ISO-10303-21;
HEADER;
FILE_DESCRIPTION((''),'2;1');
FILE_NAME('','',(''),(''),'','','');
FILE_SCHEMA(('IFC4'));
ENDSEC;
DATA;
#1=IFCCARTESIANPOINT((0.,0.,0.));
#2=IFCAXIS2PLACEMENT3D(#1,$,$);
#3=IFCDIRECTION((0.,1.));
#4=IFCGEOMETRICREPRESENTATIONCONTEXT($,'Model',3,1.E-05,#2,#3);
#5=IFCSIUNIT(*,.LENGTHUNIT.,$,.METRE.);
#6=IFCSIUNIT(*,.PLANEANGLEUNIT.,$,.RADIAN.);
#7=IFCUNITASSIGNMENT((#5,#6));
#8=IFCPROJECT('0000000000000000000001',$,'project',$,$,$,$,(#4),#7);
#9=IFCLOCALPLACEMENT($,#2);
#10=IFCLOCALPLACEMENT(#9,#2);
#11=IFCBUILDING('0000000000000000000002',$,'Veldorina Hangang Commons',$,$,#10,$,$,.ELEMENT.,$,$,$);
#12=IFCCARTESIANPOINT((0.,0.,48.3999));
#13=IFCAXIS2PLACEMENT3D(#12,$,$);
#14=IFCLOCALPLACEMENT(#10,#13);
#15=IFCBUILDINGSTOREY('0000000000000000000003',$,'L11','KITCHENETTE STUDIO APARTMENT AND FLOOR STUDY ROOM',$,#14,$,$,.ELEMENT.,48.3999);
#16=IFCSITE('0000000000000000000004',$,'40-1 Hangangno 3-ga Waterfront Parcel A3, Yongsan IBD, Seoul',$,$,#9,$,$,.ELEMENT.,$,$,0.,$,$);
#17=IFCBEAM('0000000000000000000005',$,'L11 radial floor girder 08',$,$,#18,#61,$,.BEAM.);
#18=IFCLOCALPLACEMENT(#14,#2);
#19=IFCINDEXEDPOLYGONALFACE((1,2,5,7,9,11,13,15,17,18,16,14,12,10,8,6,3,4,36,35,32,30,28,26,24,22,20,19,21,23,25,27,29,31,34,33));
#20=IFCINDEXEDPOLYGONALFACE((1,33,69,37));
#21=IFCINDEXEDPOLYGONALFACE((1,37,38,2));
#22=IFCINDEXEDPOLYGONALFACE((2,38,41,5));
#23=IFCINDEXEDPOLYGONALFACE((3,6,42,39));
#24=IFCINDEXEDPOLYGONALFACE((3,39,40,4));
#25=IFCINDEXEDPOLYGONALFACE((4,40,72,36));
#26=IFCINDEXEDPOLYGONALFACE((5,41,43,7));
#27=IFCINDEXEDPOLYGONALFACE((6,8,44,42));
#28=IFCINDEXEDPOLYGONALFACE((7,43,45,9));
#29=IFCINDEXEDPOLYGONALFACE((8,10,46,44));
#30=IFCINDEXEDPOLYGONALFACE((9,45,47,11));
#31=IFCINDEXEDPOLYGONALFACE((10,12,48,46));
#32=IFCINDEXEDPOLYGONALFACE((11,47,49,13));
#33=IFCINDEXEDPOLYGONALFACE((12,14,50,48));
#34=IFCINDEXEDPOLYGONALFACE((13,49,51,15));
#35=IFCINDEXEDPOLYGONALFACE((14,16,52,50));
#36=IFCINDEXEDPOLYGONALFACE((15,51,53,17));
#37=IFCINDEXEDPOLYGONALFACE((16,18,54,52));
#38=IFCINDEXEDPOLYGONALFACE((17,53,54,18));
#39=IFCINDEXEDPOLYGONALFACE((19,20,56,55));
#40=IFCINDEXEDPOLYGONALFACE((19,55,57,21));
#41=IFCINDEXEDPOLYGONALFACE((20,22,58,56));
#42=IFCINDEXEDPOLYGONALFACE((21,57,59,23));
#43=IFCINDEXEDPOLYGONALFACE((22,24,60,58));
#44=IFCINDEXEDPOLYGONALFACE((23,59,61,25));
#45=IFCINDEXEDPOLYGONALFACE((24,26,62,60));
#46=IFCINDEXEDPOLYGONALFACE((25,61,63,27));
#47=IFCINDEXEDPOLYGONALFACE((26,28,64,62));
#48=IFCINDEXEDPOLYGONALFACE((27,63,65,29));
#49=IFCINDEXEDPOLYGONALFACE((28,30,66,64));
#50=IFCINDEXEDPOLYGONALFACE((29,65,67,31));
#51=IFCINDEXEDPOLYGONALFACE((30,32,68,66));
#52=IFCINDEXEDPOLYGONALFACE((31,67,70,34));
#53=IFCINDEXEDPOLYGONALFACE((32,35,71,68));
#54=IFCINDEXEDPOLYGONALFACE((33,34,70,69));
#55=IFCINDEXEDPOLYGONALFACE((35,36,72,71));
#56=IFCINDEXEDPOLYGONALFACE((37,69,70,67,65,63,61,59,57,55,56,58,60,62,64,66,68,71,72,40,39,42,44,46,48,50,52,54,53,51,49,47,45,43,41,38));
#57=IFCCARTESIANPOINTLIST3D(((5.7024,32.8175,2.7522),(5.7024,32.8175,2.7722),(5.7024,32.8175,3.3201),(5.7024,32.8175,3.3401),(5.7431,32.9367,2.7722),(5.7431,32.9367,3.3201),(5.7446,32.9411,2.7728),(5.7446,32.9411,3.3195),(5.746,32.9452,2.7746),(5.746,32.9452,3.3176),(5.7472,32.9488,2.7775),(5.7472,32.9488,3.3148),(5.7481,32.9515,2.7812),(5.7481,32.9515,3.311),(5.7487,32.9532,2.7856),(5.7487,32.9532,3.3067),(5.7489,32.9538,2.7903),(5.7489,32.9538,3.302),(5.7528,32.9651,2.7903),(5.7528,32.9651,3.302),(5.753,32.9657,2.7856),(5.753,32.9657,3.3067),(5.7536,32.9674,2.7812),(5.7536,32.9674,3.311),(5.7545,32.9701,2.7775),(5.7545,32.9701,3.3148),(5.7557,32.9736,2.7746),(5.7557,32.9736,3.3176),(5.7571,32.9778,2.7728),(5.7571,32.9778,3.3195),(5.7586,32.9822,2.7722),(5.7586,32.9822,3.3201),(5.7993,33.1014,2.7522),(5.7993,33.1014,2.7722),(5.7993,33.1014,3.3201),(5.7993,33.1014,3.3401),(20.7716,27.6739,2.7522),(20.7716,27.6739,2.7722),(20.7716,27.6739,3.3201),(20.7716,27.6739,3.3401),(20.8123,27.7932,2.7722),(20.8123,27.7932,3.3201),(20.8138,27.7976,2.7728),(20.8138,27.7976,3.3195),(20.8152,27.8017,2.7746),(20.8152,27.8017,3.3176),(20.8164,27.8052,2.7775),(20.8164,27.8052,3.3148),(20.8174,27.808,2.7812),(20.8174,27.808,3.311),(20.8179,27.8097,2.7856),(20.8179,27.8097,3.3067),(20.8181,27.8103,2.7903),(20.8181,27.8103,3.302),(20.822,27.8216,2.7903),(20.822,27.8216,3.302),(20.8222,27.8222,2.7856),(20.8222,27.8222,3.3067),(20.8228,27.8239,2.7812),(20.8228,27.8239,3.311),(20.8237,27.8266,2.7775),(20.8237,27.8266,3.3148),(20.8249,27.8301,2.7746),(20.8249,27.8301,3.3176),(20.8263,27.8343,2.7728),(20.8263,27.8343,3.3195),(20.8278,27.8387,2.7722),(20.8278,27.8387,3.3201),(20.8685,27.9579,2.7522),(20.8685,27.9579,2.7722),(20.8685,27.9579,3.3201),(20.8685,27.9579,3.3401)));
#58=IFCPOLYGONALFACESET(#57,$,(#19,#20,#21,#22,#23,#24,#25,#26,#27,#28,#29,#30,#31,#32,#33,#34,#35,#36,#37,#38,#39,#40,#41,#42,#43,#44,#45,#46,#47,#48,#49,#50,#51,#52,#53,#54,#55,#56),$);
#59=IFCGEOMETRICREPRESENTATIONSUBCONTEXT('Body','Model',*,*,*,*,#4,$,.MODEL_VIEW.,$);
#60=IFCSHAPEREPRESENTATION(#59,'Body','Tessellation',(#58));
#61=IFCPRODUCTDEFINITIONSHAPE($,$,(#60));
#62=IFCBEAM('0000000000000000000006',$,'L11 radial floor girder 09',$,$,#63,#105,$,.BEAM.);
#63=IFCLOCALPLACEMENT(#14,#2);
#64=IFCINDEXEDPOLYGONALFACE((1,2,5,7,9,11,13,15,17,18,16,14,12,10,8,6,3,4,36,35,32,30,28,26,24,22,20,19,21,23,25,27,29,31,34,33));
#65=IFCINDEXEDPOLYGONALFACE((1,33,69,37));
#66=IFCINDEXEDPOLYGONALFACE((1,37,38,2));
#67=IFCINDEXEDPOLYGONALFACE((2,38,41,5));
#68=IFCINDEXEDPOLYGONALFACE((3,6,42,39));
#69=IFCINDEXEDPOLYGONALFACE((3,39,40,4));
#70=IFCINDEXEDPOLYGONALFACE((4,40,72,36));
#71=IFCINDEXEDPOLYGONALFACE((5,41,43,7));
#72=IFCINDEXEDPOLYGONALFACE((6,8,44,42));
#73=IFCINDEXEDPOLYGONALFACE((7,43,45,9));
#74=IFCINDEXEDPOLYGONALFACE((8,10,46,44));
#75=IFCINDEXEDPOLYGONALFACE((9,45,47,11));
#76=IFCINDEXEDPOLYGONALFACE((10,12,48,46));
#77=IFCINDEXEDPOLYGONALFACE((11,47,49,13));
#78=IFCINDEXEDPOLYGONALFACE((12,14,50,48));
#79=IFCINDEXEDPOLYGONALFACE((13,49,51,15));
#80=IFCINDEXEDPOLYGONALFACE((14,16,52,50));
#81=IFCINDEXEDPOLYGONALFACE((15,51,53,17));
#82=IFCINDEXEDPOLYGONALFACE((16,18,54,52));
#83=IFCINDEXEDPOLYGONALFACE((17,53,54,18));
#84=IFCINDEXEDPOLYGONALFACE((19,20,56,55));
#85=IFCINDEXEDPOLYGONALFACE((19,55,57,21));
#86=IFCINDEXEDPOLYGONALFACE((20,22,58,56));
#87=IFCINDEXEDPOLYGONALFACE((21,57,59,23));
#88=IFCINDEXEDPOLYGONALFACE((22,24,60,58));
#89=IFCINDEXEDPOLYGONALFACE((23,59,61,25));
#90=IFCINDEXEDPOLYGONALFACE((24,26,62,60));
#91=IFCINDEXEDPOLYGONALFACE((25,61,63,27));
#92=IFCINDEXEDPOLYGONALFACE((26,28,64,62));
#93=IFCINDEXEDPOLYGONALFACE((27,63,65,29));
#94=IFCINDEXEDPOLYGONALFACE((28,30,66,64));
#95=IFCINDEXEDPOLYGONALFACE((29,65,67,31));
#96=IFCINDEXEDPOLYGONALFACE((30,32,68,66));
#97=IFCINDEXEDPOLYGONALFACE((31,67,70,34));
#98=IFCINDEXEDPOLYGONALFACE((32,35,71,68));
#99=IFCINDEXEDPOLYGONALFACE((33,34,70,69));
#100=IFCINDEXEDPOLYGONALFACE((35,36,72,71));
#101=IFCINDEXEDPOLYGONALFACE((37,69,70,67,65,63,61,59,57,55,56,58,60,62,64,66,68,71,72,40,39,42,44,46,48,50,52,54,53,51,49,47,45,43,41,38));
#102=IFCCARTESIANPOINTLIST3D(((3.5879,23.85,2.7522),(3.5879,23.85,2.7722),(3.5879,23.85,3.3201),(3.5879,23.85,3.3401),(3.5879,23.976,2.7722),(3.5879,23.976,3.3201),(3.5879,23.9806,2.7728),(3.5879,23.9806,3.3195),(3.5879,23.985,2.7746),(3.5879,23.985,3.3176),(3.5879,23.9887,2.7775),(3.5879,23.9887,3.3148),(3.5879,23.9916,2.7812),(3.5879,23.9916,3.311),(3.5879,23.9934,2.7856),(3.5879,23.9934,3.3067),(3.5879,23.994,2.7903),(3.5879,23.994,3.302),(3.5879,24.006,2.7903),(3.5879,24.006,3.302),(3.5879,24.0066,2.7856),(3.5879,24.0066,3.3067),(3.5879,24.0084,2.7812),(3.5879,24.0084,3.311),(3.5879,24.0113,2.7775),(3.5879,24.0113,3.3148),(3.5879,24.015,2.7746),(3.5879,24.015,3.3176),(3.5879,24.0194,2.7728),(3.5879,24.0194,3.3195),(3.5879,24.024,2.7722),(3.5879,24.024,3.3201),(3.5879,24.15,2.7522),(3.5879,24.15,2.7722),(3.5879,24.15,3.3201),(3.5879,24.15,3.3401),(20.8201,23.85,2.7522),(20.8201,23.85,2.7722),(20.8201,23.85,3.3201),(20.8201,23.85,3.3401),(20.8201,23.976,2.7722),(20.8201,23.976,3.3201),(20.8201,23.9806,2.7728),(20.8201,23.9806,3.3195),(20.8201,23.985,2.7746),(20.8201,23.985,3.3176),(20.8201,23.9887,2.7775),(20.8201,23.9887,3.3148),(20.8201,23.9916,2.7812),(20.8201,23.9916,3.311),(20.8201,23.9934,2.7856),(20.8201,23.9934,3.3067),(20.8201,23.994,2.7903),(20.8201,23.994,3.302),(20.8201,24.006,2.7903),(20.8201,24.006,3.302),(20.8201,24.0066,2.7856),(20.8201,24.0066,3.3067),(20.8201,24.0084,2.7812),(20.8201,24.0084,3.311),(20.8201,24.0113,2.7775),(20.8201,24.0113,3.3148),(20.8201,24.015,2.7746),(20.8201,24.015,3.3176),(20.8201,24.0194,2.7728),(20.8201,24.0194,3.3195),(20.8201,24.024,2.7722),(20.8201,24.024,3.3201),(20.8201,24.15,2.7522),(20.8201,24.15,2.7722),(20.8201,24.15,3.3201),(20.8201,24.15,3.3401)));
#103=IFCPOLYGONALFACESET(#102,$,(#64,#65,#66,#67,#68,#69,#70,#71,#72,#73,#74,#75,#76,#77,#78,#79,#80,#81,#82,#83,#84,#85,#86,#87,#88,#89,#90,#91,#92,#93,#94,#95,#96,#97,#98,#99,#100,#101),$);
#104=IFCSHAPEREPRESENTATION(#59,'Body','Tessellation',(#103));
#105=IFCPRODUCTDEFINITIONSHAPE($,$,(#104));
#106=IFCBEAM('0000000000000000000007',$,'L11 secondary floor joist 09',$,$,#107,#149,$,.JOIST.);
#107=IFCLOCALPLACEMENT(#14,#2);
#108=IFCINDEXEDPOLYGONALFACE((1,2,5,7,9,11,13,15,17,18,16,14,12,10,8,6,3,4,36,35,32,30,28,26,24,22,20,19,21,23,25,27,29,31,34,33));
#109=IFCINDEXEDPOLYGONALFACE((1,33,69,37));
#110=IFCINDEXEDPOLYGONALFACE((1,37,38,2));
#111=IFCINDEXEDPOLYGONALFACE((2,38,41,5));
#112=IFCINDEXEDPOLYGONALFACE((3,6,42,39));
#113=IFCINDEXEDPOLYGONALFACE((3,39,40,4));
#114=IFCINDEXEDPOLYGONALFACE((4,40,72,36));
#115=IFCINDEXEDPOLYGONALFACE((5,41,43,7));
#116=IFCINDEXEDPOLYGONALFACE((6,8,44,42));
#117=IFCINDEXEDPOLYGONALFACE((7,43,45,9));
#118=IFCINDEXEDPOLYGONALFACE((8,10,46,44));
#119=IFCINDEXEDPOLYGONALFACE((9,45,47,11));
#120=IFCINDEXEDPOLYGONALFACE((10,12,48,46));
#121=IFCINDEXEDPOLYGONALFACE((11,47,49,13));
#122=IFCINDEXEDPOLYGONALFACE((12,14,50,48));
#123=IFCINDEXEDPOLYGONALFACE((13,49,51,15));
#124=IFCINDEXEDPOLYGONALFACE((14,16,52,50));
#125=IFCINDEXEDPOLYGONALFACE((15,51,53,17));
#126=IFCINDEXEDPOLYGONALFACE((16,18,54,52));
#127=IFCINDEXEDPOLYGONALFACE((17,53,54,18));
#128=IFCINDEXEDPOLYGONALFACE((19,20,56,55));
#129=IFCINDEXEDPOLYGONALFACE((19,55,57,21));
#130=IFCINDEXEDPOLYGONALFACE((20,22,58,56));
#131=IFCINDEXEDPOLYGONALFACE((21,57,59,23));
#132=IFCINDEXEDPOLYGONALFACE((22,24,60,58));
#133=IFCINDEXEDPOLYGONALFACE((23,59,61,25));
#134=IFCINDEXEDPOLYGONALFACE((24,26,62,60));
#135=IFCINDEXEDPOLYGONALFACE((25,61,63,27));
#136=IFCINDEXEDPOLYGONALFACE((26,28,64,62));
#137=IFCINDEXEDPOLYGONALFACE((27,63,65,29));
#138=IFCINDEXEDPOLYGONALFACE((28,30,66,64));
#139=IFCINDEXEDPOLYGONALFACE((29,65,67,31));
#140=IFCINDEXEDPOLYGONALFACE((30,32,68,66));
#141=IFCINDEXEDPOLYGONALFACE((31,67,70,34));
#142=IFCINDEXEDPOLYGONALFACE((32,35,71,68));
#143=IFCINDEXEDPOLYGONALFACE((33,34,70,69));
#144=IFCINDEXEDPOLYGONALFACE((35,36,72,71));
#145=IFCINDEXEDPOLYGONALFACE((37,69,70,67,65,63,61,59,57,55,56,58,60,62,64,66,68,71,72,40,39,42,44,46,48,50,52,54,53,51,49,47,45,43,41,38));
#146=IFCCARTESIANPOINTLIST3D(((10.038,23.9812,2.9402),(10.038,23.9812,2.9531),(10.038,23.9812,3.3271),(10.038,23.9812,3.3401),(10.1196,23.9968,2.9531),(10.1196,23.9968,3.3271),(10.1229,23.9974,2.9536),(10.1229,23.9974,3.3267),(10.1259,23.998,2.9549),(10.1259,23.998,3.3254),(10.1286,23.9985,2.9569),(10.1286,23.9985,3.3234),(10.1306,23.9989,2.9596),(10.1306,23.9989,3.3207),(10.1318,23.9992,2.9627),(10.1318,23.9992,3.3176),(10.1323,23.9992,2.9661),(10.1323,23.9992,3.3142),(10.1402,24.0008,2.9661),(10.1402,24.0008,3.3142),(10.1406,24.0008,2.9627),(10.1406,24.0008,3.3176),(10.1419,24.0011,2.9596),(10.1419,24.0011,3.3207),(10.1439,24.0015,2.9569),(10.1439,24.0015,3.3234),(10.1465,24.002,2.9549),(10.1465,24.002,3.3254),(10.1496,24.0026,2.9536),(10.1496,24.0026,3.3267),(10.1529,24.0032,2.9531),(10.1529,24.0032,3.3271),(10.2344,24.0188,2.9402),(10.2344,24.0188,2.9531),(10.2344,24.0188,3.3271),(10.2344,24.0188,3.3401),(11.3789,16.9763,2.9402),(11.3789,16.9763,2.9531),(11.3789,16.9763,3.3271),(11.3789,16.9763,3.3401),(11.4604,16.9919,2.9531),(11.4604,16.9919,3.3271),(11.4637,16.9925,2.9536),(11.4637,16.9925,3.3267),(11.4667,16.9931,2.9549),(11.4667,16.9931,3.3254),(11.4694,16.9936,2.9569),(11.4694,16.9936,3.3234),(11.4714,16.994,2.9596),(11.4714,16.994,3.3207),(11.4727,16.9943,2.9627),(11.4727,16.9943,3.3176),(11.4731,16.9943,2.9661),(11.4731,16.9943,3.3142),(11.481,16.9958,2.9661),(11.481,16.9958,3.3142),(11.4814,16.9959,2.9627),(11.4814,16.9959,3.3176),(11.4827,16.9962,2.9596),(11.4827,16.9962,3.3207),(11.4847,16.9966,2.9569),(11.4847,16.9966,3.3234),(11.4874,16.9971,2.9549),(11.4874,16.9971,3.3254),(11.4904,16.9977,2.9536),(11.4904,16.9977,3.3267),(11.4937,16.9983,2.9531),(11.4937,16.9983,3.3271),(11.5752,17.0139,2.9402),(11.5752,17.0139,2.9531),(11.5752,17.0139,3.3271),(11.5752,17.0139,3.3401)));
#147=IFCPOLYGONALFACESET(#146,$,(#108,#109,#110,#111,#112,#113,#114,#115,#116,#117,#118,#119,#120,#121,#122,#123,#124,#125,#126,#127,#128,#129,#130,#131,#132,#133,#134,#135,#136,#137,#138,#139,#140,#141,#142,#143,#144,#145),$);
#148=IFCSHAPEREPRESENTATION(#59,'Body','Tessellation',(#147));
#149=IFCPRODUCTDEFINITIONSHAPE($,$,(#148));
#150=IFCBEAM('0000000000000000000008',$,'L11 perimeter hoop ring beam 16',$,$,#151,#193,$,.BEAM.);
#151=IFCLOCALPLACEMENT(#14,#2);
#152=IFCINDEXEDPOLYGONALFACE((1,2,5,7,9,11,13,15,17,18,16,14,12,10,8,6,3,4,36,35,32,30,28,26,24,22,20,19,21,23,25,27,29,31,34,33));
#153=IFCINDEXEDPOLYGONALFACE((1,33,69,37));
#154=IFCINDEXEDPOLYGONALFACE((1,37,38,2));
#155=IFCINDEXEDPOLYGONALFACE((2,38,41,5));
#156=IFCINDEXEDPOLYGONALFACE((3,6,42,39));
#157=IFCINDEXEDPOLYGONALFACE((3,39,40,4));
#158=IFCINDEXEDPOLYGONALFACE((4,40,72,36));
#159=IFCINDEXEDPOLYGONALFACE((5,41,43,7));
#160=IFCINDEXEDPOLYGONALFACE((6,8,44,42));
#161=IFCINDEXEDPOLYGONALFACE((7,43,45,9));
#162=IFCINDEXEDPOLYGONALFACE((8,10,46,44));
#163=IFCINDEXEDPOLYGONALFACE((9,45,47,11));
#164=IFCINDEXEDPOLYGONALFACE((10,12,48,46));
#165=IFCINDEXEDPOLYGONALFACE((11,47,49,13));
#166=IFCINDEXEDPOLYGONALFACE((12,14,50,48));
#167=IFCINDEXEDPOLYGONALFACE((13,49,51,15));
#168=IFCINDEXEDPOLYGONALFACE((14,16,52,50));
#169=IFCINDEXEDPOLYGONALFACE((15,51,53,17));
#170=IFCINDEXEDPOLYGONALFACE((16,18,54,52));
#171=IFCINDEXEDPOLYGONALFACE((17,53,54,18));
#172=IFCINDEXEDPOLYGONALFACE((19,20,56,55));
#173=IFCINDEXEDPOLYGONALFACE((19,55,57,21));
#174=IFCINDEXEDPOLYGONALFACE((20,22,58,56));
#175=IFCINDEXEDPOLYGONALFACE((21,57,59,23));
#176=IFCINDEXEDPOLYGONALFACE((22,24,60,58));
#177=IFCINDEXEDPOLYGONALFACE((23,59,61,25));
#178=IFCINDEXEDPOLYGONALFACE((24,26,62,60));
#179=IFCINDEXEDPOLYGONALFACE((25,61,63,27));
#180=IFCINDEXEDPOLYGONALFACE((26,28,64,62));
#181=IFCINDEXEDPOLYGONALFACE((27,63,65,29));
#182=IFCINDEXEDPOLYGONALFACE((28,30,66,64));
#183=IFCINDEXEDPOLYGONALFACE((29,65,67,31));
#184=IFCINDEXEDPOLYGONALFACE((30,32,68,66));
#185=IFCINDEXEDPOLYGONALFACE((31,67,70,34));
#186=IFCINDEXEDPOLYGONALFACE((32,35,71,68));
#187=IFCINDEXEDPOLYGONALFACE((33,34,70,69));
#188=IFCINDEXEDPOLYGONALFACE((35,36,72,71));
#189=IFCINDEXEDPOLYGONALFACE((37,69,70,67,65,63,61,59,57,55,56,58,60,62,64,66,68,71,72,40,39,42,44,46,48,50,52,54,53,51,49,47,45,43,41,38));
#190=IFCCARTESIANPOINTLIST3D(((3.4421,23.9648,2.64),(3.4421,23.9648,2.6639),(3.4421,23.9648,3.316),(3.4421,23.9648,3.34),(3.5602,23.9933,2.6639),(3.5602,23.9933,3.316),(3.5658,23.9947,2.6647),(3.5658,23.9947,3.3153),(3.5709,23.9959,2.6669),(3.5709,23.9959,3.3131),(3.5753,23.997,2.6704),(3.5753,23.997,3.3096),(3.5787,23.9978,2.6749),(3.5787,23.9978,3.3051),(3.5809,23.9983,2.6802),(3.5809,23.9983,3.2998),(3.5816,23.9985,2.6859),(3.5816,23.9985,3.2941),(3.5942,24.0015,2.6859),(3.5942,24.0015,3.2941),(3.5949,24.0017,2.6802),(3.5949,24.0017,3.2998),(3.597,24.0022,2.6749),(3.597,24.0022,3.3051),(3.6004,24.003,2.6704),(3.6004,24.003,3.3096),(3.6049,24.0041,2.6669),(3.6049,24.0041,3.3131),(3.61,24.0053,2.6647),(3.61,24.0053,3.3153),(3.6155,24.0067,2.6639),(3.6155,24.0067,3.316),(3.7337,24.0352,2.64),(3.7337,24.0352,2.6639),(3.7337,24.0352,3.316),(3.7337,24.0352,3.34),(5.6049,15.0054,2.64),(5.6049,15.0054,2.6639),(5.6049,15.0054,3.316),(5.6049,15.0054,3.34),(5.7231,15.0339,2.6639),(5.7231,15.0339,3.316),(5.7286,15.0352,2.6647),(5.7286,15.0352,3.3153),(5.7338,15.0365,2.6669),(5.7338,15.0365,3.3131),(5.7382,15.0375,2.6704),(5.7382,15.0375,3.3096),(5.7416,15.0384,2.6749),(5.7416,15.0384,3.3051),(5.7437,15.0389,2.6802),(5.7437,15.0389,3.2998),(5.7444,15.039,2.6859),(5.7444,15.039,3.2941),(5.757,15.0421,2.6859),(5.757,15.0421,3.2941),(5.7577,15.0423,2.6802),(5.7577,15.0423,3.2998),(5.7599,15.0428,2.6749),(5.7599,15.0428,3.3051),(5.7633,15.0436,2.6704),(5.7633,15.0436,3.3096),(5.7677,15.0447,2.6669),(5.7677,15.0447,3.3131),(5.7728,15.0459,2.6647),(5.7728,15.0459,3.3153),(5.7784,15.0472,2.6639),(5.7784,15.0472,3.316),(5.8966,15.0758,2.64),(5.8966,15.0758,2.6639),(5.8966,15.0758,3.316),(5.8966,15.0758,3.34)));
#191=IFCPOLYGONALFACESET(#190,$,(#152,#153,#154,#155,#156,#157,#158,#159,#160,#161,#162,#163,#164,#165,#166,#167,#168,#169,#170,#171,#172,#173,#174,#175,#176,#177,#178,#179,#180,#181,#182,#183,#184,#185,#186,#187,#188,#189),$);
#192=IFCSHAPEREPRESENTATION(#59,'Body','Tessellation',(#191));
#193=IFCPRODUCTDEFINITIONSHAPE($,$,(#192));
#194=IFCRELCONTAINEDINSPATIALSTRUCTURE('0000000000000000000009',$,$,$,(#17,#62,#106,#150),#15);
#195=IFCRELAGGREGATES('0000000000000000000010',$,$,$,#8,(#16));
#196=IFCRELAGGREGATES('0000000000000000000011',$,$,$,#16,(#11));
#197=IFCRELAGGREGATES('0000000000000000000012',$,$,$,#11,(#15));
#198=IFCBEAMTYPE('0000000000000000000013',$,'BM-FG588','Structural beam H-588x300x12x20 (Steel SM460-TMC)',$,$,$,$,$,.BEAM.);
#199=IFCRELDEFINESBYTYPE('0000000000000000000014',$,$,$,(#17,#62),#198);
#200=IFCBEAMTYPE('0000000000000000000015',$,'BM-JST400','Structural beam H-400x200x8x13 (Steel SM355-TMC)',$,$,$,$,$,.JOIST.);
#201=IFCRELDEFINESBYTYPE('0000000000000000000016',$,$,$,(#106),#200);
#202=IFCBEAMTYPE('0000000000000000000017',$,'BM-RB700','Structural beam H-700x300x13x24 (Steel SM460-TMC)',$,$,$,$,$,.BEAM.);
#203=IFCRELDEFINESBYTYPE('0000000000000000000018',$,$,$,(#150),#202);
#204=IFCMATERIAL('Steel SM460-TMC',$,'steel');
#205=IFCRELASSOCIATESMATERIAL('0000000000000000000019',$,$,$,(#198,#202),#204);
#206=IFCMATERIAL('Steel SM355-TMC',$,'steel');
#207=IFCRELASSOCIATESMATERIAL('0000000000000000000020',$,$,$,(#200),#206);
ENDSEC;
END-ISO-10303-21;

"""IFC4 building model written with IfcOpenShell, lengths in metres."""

from ifc_helpers import new_model, si_unit, direction, frame, origin, origin_2d, place, context, subcontext, project, spatial, i_section, extrude, material, material_profile, profile_set, type_object, element, save


model = new_model("IFC4")

# Units and contexts
model_context = context("Model", 3, precision=1e-05, world=origin(), true_north=direction((0.0, 1.0)))
body_context = subcontext(model_context, "Body", "Model", "MODEL_VIEW")
ifc_project = project(units=[si_unit("LENGTHUNIT", "METRE"), si_unit("PLANEANGLEUNIT", "RADIAN")], contexts=[model_context])

# Site, building, storey
site_placement = place(None, origin())
site = spatial("IfcSite", under=ifc_project, at=site_placement, Name="40-1 Hangangno 3-ga Waterfront Parcel A3, Yongsan IBD, Seoul", CompositionType="ELEMENT", RefElevation=0.0)
building_placement = place(site_placement, origin())
building = spatial("IfcBuilding", under=site, at=building_placement, Name="Veldorina Hangang Commons", CompositionType="ELEMENT")
storey_placement = place(building_placement, frame((0.0, 0.0, 48.3999)))
storey = spatial("IfcBuildingStorey", under=building, at=storey_placement, Name="L11", Description="KITCHENETTE STUDIO APARTMENT AND FLOOR STUDY ROOM", CompositionType="ELEMENT", Elevation=48.3999)

# Beams
ifc_material_1 = material(Name="Steel SM460-TMC", Category="steel")
ifc_material_profile_1 = material_profile(ifc_material_1, i_section(OverallWidth=0.3, OverallDepth=0.5879, WebThickness=0.012, FlangeThickness=0.02, FilletRadius=0.0181, at=origin_2d()), Name="H-588x300x12x20")
ifc_profile_set_1 = profile_set([ifc_material_profile_1], Name="Steel SM460-TMC")
beam_type_1 = type_object("IfcBeamType", Name="BM-FG588", Description="Structural beam H-588x300x12x20 (Steel SM460-TMC)", PredefinedType="BEAM", material=ifc_profile_set_1)
beam_1_placement = place(storey_placement, frame((20.8201, 27.8159, 3.0461), z_axis=(-0.94639, 0.323027, 0.0), x_axis=(-0.323027, -0.94639, 0.0)))
element("IfcBeam", 1, at=beam_1_placement, inside=storey, type_object=beam_type_1, Name="L11 radial floor girder 08", PredefinedType="BEAM", context=body_context, shape_type="SweptSolid", body=[
    extrude(i_section(OverallWidth=0.3, OverallDepth=0.5879, WebThickness=0.012, FlangeThickness=0.02, FilletRadius=0.0181, at=origin_2d()), origin(), (0.0, 0.0, 1.0), 15.9229),
])
beam_2_placement = place(storey_placement, frame((20.8201, 24.0, 3.0461), z_axis=(-1.0, 0.0, 0.0), x_axis=(0.0, -1.0, 0.0)))
element("IfcBeam", 2, at=beam_2_placement, inside=storey, type_object=beam_type_1, Name="L11 radial floor girder 09", PredefinedType="BEAM", context=body_context, shape_type="SweptSolid", body=[
    extrude(i_section(OverallWidth=0.3, OverallDepth=0.5879, WebThickness=0.012, FlangeThickness=0.02, FilletRadius=0.0181, at=origin_2d()), origin(), (0.0, 0.0, 1.0), 17.2322),
])
ifc_material_2 = material(Name="Steel SM355-TMC", Category="steel")
ifc_material_profile_2 = material_profile(ifc_material_2, i_section(OverallWidth=0.2, OverallDepth=0.3999, WebThickness=0.0081, FlangeThickness=0.0129, FilletRadius=0.0129, at=origin_2d()), Name="H-400x200x8x13")
ifc_profile_set_2 = profile_set([ifc_material_profile_2], Name="Steel SM355-TMC")
beam_type_2 = type_object("IfcBeamType", Name="BM-JST400", Description="Structural beam H-400x200x8x13 (Steel SM355-TMC)", PredefinedType="JOIST", material=ifc_profile_set_2)
beam_3_placement = place(storey_placement, frame((10.1362, 24.0, 3.1401), z_axis=(0.187999, -0.982169, 0.0), x_axis=(0.982169, 0.187999, 0.0)))
element("IfcBeam", 3, at=beam_3_placement, inside=storey, type_object=beam_type_2, Name="L11 secondary floor joist 09", PredefinedType="JOIST", context=body_context, shape_type="SweptSolid", body=[
    extrude(i_section(OverallWidth=0.2, OverallDepth=0.3999, WebThickness=0.0081, FlangeThickness=0.0129, FilletRadius=0.0129, at=origin_2d()), origin(), (0.0, 0.0, 1.0), 7.1321),
])
ifc_material_profile_3 = material_profile(ifc_material_1, i_section(OverallWidth=0.3, OverallDepth=0.7, WebThickness=0.0129, FlangeThickness=0.0239, FilletRadius=0.022, at=origin_2d()), Name="H-700x300x13x24")
ifc_profile_set_3 = profile_set([ifc_material_profile_3], Name="Steel SM460-TMC")
beam_type_3 = type_object("IfcBeamType", Name="BM-RB700", Description="Structural beam H-700x300x13x24 (Steel SM460-TMC)", PredefinedType="BEAM", material=ifc_profile_set_3)
beam_4_placement = place(storey_placement, frame((3.5879, 24.0, 2.99), z_axis=(0.234662, -0.972077, 0.0), x_axis=(0.972077, 0.234662, 0.0)))
element("IfcBeam", 4, at=beam_4_placement, inside=storey, type_object=beam_type_3, Name="L11 perimeter hoop ring beam 16", PredefinedType="BEAM", context=body_context, shape_type="SweptSolid", body=[
    extrude(i_section(OverallWidth=0.3, OverallDepth=0.7, WebThickness=0.0129, FlangeThickness=0.0239, FilletRadius=0.022, at=origin_2d()), origin(), (0.0, 0.0, 1.0), 9.2168),
])

save(model, "model.ifc")
